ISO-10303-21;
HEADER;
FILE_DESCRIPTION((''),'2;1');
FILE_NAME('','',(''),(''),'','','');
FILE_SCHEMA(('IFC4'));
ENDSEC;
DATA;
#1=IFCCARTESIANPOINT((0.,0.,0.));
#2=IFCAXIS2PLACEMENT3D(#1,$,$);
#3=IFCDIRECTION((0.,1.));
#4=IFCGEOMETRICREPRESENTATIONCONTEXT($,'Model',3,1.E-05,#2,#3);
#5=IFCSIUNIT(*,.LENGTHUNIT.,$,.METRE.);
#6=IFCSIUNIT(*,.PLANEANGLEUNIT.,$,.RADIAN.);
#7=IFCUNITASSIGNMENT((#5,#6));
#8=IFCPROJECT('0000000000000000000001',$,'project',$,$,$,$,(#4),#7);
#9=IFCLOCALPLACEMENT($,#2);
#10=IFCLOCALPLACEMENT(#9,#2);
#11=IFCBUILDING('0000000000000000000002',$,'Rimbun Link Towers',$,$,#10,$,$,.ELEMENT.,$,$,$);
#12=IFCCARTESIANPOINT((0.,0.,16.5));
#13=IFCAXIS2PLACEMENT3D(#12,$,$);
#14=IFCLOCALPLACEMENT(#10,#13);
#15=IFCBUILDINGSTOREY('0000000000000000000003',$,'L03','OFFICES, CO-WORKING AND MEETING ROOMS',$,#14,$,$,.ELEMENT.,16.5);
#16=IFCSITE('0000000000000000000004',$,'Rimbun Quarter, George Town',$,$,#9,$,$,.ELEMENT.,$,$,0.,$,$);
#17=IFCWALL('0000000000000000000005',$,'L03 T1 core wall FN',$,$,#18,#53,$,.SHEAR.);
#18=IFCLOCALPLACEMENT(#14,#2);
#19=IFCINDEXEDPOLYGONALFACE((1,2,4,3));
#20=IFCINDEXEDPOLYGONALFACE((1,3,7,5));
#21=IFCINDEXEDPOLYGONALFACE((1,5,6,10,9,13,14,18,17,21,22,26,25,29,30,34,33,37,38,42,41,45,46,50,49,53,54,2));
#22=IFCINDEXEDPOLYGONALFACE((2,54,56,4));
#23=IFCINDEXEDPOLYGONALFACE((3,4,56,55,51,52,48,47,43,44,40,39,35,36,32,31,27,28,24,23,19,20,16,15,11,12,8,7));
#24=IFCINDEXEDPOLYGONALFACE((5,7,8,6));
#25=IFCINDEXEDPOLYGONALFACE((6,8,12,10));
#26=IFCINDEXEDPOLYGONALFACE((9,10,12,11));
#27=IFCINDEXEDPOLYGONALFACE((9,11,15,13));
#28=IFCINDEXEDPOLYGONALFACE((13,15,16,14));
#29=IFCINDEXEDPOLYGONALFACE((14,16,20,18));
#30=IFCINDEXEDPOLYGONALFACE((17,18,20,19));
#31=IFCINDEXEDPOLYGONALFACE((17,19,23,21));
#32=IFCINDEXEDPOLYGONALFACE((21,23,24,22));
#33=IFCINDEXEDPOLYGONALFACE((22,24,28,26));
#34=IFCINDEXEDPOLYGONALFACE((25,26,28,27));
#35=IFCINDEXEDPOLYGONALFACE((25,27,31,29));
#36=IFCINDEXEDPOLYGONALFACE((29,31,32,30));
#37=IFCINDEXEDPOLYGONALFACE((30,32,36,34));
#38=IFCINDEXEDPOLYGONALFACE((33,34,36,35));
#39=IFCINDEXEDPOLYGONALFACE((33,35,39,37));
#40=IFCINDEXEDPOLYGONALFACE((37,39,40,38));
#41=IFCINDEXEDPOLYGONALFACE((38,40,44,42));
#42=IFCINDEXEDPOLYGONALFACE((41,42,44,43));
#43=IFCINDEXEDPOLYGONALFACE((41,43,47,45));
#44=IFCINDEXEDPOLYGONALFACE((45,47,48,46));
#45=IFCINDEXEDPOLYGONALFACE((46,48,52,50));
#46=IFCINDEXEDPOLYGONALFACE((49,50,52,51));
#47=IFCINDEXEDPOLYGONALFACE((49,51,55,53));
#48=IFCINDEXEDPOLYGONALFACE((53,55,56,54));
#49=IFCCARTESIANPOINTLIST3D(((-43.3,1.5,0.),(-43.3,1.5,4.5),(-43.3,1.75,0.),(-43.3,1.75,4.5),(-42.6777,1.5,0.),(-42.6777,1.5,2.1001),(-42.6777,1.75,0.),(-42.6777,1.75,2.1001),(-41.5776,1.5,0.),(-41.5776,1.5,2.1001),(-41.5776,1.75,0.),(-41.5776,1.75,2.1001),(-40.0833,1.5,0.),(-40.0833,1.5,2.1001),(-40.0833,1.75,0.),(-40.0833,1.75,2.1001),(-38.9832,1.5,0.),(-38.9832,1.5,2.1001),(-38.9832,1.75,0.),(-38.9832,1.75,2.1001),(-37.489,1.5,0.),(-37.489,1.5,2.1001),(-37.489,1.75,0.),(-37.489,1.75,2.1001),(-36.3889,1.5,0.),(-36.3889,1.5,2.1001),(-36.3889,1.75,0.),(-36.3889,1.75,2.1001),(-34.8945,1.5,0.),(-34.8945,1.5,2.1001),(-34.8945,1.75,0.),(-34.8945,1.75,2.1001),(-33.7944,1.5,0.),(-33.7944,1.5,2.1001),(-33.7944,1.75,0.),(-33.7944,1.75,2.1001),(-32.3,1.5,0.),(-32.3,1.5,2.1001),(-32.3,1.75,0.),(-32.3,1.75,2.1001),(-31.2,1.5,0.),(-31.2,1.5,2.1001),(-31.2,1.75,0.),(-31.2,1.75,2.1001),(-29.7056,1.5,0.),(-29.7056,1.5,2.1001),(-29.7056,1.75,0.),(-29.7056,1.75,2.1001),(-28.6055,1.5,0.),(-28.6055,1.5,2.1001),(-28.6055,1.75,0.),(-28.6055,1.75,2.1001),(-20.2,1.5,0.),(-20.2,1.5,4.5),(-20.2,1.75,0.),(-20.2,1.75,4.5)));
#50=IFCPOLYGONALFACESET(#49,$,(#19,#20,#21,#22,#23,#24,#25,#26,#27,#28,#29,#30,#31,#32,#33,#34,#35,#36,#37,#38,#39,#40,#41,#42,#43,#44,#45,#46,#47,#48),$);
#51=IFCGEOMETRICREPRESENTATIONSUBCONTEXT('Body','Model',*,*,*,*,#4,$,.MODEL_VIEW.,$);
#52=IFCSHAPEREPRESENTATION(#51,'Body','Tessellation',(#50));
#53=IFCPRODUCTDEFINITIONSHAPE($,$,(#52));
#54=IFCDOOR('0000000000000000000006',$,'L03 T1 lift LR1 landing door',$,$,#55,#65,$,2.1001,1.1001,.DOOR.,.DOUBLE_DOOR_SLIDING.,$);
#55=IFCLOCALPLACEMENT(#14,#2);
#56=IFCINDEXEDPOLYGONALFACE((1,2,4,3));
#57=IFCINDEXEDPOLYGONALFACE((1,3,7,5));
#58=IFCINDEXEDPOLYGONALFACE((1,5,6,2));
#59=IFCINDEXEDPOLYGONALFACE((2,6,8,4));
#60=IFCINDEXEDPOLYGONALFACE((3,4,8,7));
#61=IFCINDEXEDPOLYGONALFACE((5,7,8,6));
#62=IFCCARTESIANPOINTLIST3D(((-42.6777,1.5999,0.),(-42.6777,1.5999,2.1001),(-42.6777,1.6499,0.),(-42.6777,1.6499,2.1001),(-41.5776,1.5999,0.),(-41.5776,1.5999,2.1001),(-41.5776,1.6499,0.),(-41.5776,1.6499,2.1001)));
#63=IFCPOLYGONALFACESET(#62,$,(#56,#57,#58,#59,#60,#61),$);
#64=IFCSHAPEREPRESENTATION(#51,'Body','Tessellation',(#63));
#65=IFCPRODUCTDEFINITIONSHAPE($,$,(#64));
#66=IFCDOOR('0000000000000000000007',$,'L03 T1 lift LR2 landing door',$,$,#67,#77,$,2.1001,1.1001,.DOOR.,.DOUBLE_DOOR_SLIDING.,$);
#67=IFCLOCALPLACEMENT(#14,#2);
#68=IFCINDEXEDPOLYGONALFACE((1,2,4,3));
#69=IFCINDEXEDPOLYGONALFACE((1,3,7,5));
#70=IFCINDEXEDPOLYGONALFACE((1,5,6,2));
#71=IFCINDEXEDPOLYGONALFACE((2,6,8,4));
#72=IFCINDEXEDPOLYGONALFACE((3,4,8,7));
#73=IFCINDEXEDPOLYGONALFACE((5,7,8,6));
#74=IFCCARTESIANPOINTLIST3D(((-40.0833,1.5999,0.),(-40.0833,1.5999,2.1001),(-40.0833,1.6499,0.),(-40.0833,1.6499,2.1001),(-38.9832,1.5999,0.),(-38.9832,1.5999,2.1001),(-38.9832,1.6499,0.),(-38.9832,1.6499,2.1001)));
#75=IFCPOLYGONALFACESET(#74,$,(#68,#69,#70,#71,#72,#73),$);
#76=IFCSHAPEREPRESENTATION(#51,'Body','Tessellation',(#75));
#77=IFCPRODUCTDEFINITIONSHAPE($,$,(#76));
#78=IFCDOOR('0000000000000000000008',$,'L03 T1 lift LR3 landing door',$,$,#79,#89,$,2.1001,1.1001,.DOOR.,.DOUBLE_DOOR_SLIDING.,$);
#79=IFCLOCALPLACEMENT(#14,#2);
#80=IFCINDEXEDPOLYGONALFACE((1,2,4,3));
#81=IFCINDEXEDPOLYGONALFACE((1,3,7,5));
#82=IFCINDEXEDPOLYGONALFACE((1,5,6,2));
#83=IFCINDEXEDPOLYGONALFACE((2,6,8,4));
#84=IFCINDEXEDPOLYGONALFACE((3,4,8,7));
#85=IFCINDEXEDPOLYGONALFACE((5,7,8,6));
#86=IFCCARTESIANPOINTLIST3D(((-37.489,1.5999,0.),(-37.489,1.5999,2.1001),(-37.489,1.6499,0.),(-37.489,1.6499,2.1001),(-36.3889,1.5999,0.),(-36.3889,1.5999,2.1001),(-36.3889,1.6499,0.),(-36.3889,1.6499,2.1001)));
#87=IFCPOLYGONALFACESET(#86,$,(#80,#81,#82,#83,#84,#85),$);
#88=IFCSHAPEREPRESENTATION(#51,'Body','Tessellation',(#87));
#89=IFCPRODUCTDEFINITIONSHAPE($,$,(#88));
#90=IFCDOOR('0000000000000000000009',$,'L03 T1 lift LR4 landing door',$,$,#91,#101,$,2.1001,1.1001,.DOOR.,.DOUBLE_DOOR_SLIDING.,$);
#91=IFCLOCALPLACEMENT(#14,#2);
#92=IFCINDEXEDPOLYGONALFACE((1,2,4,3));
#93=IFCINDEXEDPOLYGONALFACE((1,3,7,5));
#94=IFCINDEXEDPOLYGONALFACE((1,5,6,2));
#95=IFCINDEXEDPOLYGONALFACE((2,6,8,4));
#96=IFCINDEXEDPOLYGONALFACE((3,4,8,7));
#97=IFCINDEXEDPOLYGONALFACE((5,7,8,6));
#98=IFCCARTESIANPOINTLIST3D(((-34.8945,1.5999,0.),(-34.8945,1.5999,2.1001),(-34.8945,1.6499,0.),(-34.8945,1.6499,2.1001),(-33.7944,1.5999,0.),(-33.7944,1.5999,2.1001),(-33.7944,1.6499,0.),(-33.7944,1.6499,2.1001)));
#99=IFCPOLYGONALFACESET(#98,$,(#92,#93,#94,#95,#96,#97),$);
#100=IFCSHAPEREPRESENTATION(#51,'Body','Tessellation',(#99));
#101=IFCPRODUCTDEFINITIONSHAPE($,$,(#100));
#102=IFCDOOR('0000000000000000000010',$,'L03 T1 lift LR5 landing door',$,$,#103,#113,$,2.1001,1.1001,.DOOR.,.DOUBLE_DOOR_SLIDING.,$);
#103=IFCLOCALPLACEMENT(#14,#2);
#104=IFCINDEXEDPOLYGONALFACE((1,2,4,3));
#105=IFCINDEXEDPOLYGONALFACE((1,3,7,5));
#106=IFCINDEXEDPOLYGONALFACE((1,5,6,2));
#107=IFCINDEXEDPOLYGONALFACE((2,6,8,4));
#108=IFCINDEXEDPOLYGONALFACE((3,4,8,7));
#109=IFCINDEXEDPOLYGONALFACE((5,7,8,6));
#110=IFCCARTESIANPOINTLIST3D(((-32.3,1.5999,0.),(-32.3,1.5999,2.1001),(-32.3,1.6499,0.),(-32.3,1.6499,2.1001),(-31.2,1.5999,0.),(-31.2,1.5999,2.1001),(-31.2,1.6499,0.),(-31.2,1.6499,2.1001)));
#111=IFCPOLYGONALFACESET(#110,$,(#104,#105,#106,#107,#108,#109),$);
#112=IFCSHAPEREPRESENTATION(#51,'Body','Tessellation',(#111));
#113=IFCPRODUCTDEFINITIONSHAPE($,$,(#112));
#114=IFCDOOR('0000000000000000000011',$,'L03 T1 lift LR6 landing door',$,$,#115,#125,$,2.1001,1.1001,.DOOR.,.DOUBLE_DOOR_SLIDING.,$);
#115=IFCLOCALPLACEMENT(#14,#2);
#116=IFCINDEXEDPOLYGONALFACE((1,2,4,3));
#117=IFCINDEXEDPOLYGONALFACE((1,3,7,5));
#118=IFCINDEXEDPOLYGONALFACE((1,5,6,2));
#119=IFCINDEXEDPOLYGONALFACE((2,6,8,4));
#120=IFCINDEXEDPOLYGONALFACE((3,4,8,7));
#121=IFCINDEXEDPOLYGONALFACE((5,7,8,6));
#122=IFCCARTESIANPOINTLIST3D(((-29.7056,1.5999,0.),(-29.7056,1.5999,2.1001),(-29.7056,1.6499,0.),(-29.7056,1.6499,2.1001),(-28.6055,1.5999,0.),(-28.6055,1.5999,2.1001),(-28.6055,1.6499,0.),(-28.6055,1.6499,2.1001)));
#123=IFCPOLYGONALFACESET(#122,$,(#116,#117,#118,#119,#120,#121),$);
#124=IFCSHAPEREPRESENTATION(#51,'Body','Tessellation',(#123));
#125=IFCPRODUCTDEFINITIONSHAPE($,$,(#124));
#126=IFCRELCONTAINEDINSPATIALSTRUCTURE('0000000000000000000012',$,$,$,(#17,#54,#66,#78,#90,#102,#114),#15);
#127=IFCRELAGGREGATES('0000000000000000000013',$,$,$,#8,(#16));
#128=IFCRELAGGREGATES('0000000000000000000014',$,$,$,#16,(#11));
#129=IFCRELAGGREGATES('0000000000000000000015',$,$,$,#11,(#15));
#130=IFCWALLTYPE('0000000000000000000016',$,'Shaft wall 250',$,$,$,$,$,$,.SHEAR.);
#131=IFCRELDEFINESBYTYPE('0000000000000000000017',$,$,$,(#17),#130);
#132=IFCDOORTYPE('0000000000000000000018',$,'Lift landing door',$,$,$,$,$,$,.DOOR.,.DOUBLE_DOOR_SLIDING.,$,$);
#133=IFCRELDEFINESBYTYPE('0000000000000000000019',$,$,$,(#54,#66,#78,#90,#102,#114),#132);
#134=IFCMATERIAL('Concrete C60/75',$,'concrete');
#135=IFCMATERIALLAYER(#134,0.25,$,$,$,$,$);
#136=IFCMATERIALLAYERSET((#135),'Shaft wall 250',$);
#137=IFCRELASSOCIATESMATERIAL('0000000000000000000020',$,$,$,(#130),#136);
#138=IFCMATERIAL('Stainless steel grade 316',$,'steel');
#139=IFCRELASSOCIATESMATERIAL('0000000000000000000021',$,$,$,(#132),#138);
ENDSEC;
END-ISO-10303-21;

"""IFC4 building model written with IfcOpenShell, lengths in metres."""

from ifc_helpers import new_model, si_unit, direction, frame, frame_2d, origin, place, context, subcontext, project, spatial, rectangle, extrude, material, layer, layer_set, type_object, element, fill, save


model = new_model("IFC4")

# Units and contexts
model_context = context("Model", 3, precision=1e-05, world=origin(), true_north=direction((0.0, 1.0)))
body_context = subcontext(model_context, "Body", "Model", "MODEL_VIEW")
ifc_project = project(units=[si_unit("LENGTHUNIT", "METRE"), si_unit("PLANEANGLEUNIT", "RADIAN")], contexts=[model_context])

# Site, building, storey
site_placement = place(None, origin())
site = spatial("IfcSite", under=ifc_project, at=site_placement, Name="Rimbun Quarter, George Town", CompositionType="ELEMENT", RefElevation=0.0)
building_placement = place(site_placement, origin())
building = spatial("IfcBuilding", under=site, at=building_placement, Name="Rimbun Link Towers", CompositionType="ELEMENT")
storey_placement = place(building_placement, frame((0.0, 0.0, 16.5)))
storey = spatial("IfcBuildingStorey", under=building, at=storey_placement, Name="L03", Description="OFFICES, CO-WORKING AND MEETING ROOMS", CompositionType="ELEMENT", Elevation=16.5)

# Shared definitions
ifc_material_1 = material(Name="Concrete C60/75", Category="concrete")
ifc_layer = layer(ifc_material_1, 0.25)
ifc_layer_set = layer_set([ifc_layer], Name="Shaft wall 250")
wall_type = type_object("IfcWallType", Name="Shaft wall 250", PredefinedType="SHEAR", material=ifc_layer_set)

# Wall, openings, doors
wall_1_placement = place(storey_placement, frame((-43.3, 1.625, 0.0), z_axis=(0.0, 0.0, 1.0), x_axis=(1.0, 0.0, 0.0)))
wall_1 = element("IfcWall", 1, at=wall_1_placement, inside=storey, type_object=wall_type, Name="L03 T1 core wall FN", PredefinedType="SHEAR", context=body_context, shape_type="SweptSolid", body=[
    extrude(rectangle(XDim=23.1001, YDim=0.25, at=frame_2d((11.55, 0.0))), origin(), (0.0, 0.0, 1.0), 4.5),
])
opening_1_placement = place(wall_1_placement, frame((0.6223, 0.0, 0.0)))
opening_1 = element("IfcOpeningElement", 2, at=opening_1_placement, cuts=wall_1, PredefinedType="OPENING", context=body_context, shape_type="SweptSolid", body=[
    extrude(rectangle(XDim=1.1001, YDim=2.1001, at=frame_2d((0.55, 1.05))), frame((0.0, 0.135, 0.0), z_axis=(0.0, -1.0, 0.0), x_axis=(1.0, 0.0, 0.0)), (0.0, 0.0, 1.0), 0.27),
])
opening_2_placement = place(wall_1_placement, frame((3.2168, 0.0, 0.0)))
opening_2 = element("IfcOpeningElement", 3, at=opening_2_placement, cuts=wall_1, PredefinedType="OPENING", context=body_context, shape_type="SweptSolid", body=[
    extrude(rectangle(XDim=1.1001, YDim=2.1001, at=frame_2d((0.55, 1.05))), frame((0.0, 0.135, 0.0), z_axis=(0.0, -1.0, 0.0), x_axis=(1.0, 0.0, 0.0)), (0.0, 0.0, 1.0), 0.27),
])
opening_3_placement = place(wall_1_placement, frame((5.811, 0.0, 0.0)))
opening_3 = element("IfcOpeningElement", 4, at=opening_3_placement, cuts=wall_1, PredefinedType="OPENING", context=body_context, shape_type="SweptSolid", body=[
    extrude(rectangle(XDim=1.1001, YDim=2.1001, at=frame_2d((0.55, 1.05))), frame((0.0, 0.135, 0.0), z_axis=(0.0, -1.0, 0.0), x_axis=(1.0, 0.0, 0.0)), (0.0, 0.0, 1.0), 0.27),
])
opening_4_placement = place(wall_1_placement, frame((8.4055, 0.0, 0.0)))
opening_4 = element("IfcOpeningElement", 5, at=opening_4_placement, cuts=wall_1, PredefinedType="OPENING", context=body_context, shape_type="SweptSolid", body=[
    extrude(rectangle(XDim=1.1001, YDim=2.1001, at=frame_2d((0.55, 1.05))), frame((0.0, 0.135, 0.0), z_axis=(0.0, -1.0, 0.0), x_axis=(1.0, 0.0, 0.0)), (0.0, 0.0, 1.0), 0.27),
])
opening_5_placement = place(wall_1_placement, frame((11.0, 0.0, 0.0)))
opening_5 = element("IfcOpeningElement", 6, at=opening_5_placement, cuts=wall_1, PredefinedType="OPENING", context=body_context, shape_type="SweptSolid", body=[
    extrude(rectangle(XDim=1.1001, YDim=2.1001, at=frame_2d((0.55, 1.05))), frame((0.0, 0.135, 0.0), z_axis=(0.0, -1.0, 0.0), x_axis=(1.0, 0.0, 0.0)), (0.0, 0.0, 1.0), 0.27),
])
opening_6_placement = place(wall_1_placement, frame((13.5945, 0.0, 0.0)))
opening_6 = element("IfcOpeningElement", 7, at=opening_6_placement, cuts=wall_1, PredefinedType="OPENING", context=body_context, shape_type="SweptSolid", body=[
    extrude(rectangle(XDim=1.1001, YDim=2.1001, at=frame_2d((0.55, 1.05))), frame((0.0, 0.135, 0.0), z_axis=(0.0, -1.0, 0.0), x_axis=(1.0, 0.0, 0.0)), (0.0, 0.0, 1.0), 0.27),
])
ifc_material_2 = material(Name="Stainless steel grade 316", Category="steel")
door_type_1 = type_object("IfcDoorType", Name="Lift landing door", OperationType="DOUBLE_DOOR_SLIDING", PredefinedType="DOOR", material=ifc_material_2)
door_1_placement = place(opening_1_placement, origin())
door_1 = element("IfcDoor", 8, at=door_1_placement, inside=storey, type_object=door_type_1, Name="L03 T1 lift LR1 landing door", OperationType="DOUBLE_DOOR_SLIDING", OverallHeight=2.1001, OverallWidth=1.1001, PredefinedType="DOOR", context=body_context, shape_type="SweptSolid", body=[
    extrude(rectangle(XDim=1.1001, YDim=2.1001, at=frame_2d((0.55, 1.05))), frame((0.0, 0.0249, 0.0), z_axis=(0.0, -1.0, 0.0), x_axis=(1.0, 0.0, 0.0)), (0.0, 0.0, 1.0), 0.05),
])
fill(opening_1, door_1)
door_2_placement = place(opening_2_placement, origin())
door_2 = element("IfcDoor", 9, at=door_2_placement, inside=storey, type_object=door_type_1, Name="L03 T1 lift LR2 landing door", OperationType="DOUBLE_DOOR_SLIDING", OverallHeight=2.1001, OverallWidth=1.1001, PredefinedType="DOOR", context=body_context, shape_type="SweptSolid", body=[
    extrude(rectangle(XDim=1.1001, YDim=2.1001, at=frame_2d((0.55, 1.05))), frame((0.0, 0.0249, 0.0), z_axis=(0.0, -1.0, 0.0), x_axis=(1.0, 0.0, 0.0)), (0.0, 0.0, 1.0), 0.05),
])
fill(opening_2, door_2)
door_3_placement = place(opening_3_placement, origin())
door_3 = element("IfcDoor", 10, at=door_3_placement, inside=storey, type_object=door_type_1, Name="L03 T1 lift LR3 landing door", OperationType="DOUBLE_DOOR_SLIDING", OverallHeight=2.1001, OverallWidth=1.1001, PredefinedType="DOOR", context=body_context, shape_type="SweptSolid", body=[
    extrude(rectangle(XDim=1.1001, YDim=2.1001, at=frame_2d((0.55, 1.05))), frame((0.0, 0.0249, 0.0), z_axis=(0.0, -1.0, 0.0), x_axis=(1.0, 0.0, 0.0)), (0.0, 0.0, 1.0), 0.05),
])
fill(opening_3, door_3)
door_4_placement = place(opening_4_placement, origin())
door_4 = element("IfcDoor", 11, at=door_4_placement, inside=storey, type_object=door_type_1, Name="L03 T1 lift LR4 landing door", OperationType="DOUBLE_DOOR_SLIDING", OverallHeight=2.1001, OverallWidth=1.1001, PredefinedType="DOOR", context=body_context, shape_type="SweptSolid", body=[
    extrude(rectangle(XDim=1.1001, YDim=2.1001, at=frame_2d((0.55, 1.05))), frame((0.0, 0.0249, 0.0), z_axis=(0.0, -1.0, 0.0), x_axis=(1.0, 0.0, 0.0)), (0.0, 0.0, 1.0), 0.05),
])
fill(opening_4, door_4)
door_5_placement = place(opening_5_placement, origin())
door_5 = element("IfcDoor", 12, at=door_5_placement, inside=storey, type_object=door_type_1, Name="L03 T1 lift LR5 landing door", OperationType="DOUBLE_DOOR_SLIDING", OverallHeight=2.1001, OverallWidth=1.1001, PredefinedType="DOOR", context=body_context, shape_type="SweptSolid", body=[
    extrude(rectangle(XDim=1.1001, YDim=2.1001, at=frame_2d((0.55, 1.05))), frame((0.0, 0.0249, 0.0), z_axis=(0.0, -1.0, 0.0), x_axis=(1.0, 0.0, 0.0)), (0.0, 0.0, 1.0), 0.05),
])
fill(opening_5, door_5)
door_6_placement = place(opening_6_placement, origin())
door_6 = element("IfcDoor", 13, at=door_6_placement, inside=storey, type_object=door_type_1, Name="L03 T1 lift LR6 landing door", OperationType="DOUBLE_DOOR_SLIDING", OverallHeight=2.1001, OverallWidth=1.1001, PredefinedType="DOOR", context=body_context, shape_type="SweptSolid", body=[
    extrude(rectangle(XDim=1.1001, YDim=2.1001, at=frame_2d((0.55, 1.05))), frame((0.0, 0.0249, 0.0), z_axis=(0.0, -1.0, 0.0), x_axis=(1.0, 0.0, 0.0)), (0.0, 0.0, 1.0), 0.05),
])
fill(opening_6, door_6)

save(model, "model.ifc")
